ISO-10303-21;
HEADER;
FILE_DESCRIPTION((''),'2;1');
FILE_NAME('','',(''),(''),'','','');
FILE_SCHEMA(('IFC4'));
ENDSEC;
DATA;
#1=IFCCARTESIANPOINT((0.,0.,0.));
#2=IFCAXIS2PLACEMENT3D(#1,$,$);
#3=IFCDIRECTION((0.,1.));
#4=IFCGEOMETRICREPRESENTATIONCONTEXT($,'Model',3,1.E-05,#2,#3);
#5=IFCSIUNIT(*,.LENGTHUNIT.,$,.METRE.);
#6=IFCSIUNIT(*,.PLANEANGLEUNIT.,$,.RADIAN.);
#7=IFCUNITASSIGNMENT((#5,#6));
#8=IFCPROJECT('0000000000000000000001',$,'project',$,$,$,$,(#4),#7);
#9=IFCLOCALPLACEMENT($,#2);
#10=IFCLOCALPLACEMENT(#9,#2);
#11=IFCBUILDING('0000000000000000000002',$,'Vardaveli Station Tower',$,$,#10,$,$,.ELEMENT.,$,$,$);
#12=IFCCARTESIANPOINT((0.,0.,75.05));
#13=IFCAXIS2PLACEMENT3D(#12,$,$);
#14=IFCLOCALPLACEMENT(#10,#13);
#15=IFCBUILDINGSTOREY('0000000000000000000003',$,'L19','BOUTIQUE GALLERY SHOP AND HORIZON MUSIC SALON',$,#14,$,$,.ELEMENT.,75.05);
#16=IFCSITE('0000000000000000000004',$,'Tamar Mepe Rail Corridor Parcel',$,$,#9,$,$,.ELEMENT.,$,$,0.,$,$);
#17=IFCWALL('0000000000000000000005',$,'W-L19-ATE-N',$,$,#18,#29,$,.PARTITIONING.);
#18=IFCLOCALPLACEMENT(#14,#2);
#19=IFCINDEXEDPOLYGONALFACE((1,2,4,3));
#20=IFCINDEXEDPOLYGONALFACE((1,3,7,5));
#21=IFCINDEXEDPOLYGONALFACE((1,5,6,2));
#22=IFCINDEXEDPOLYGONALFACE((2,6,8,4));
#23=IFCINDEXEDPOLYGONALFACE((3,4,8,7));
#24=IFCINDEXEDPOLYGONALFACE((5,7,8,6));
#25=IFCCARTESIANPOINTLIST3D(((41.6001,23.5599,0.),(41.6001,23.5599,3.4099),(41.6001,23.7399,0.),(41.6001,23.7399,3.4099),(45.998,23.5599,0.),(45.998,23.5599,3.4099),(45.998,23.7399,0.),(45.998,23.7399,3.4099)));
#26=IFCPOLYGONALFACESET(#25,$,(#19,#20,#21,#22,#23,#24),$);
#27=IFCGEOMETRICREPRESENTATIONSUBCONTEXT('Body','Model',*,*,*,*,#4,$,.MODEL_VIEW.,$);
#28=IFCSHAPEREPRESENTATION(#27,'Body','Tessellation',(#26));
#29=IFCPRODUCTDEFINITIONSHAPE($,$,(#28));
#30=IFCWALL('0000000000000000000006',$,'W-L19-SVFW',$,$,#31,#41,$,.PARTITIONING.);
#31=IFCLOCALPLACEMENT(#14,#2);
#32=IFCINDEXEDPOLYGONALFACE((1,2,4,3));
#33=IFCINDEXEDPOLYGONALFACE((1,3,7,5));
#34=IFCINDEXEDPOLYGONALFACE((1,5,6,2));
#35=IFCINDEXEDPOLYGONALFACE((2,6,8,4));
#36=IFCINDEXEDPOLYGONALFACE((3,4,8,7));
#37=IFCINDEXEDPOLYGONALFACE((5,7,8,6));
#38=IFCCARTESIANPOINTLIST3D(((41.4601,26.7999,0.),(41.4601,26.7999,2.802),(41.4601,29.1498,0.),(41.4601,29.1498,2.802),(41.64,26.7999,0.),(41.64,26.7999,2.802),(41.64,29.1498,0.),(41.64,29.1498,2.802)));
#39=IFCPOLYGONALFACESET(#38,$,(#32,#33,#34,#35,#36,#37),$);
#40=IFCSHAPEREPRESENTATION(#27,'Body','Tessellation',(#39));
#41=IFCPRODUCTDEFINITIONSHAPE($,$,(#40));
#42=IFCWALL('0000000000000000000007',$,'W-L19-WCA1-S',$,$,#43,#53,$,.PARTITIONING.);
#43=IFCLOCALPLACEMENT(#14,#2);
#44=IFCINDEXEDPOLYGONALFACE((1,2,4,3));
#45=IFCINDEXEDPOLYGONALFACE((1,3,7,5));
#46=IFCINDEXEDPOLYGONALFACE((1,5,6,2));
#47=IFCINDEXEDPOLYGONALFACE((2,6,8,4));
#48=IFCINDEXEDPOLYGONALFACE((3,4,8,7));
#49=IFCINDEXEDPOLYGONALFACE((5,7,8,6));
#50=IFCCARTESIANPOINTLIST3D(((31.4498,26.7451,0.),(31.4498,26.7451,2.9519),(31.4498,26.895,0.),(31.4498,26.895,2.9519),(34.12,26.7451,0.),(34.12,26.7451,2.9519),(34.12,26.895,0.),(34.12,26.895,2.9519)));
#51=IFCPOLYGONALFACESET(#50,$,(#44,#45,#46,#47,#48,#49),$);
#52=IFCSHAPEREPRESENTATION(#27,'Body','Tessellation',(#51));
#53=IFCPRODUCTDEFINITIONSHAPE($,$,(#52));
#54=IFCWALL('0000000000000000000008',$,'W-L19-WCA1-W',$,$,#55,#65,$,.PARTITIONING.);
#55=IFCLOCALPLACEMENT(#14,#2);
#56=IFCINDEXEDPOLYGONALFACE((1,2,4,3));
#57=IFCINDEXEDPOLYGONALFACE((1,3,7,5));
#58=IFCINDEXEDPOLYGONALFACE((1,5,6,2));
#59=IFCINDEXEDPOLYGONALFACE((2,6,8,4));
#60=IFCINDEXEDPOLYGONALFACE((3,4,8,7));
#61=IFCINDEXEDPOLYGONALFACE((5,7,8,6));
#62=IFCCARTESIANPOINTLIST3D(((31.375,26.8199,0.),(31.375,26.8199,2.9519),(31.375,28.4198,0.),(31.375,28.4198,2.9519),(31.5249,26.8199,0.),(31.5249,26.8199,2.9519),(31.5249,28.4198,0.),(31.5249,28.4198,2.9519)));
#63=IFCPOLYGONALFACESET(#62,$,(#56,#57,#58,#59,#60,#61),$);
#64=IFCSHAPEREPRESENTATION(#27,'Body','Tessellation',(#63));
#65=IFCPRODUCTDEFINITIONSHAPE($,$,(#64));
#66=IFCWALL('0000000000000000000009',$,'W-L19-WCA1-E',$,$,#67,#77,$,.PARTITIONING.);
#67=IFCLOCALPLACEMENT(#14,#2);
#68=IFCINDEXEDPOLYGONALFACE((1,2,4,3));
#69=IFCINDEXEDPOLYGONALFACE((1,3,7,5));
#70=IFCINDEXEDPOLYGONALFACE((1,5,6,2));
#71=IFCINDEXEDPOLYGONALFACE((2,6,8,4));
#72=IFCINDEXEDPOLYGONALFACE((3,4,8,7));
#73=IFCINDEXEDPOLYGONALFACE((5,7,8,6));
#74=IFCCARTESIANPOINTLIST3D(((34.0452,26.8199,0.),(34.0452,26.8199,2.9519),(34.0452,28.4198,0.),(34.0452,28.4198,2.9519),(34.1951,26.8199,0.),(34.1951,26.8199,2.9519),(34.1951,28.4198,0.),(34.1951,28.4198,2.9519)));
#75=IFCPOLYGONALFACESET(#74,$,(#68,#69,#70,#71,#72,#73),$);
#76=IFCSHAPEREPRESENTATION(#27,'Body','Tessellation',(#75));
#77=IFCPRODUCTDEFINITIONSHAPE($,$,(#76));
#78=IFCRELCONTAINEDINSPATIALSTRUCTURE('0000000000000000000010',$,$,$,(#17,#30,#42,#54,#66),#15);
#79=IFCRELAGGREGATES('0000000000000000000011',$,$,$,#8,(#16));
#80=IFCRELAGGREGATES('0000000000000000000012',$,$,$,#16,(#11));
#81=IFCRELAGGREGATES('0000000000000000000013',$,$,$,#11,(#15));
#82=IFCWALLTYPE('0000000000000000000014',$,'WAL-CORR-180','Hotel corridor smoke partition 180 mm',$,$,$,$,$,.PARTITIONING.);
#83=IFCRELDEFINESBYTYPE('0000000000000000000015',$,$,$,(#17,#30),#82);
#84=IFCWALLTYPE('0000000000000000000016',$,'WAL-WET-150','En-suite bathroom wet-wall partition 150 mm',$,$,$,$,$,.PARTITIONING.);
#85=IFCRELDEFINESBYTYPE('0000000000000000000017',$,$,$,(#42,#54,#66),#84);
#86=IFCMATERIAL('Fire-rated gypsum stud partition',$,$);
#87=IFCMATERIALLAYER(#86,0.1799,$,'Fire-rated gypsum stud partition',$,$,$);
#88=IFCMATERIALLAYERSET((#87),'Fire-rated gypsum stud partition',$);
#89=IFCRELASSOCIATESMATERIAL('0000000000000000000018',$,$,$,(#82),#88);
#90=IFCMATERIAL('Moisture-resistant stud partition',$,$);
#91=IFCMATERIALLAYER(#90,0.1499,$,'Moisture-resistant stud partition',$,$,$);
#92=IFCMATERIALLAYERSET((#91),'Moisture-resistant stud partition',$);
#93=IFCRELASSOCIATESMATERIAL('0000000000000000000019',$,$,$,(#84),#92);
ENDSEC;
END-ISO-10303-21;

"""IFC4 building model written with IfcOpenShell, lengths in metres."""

from ifc_helpers import new_model, si_unit, direction, frame, frame_2d, origin, place, context, subcontext, project, spatial, rectangle, extrude, source, transform, mapped, material, layer, layer_set, type_object, element, save


model = new_model("IFC4")

# Units and contexts
model_context = context("Model", 3, precision=1e-05, world=origin(), true_north=direction((0.0, 1.0)))
body_context = subcontext(model_context, "Body", "Model", "MODEL_VIEW")
ifc_project = project(units=[si_unit("LENGTHUNIT", "METRE"), si_unit("PLANEANGLEUNIT", "RADIAN")], contexts=[model_context])

# Site, building, storey
site_placement = place(None, origin())
site = spatial("IfcSite", under=ifc_project, at=site_placement, Name="Tamar Mepe Rail Corridor Parcel", CompositionType="ELEMENT", RefElevation=0.0)
building_placement = place(site_placement, origin())
building = spatial("IfcBuilding", under=site, at=building_placement, Name="Vardaveli Station Tower", CompositionType="ELEMENT")
storey_placement = place(building_placement, frame((0.0, 0.0, 75.05)))
storey = spatial("IfcBuildingStorey", under=building, at=storey_placement, Name="L19", Description="BOUTIQUE GALLERY SHOP AND HORIZON MUSIC SALON", CompositionType="ELEMENT", Elevation=75.05)

# Walls
ifc_material_1 = material(Name="Fire-rated gypsum stud partition")
ifc_layer_1 = layer(ifc_material_1, 0.1799, Name="Fire-rated gypsum stud partition")
ifc_layer_set_1 = layer_set([ifc_layer_1], Name="Fire-rated gypsum stud partition")
wall_type_1 = type_object("IfcWallType", Name="WAL-CORR-180", Description="Hotel corridor smoke partition 180 mm", PredefinedType="PARTITIONING", material=ifc_layer_set_1)
shared_shape_1 = source(origin(), body_context, "Body", "SweptSolid", [
    extrude(rectangle(XDim=4.3979, YDim=0.1799, at=frame_2d((2.199, 0.0))), origin(), (0.0, 0.0, 1.0), 3.4099),
])
wall_1_placement = place(storey_placement, frame((41.6001, 23.6499, 0.0), z_axis=(0.0, 0.0, 1.0), x_axis=(1.0, 0.0, 0.0)))
element("IfcWall", 1, at=wall_1_placement, inside=storey, type_object=wall_type_1, Name="W-L19-ATE-N", PredefinedType="PARTITIONING", context=body_context, shape_type="MappedRepresentation", body=[
    mapped(shared_shape_1, transform((0.0, 0.0, 0.0), scale=1.0)),
])
shared_shape_2 = source(origin(), body_context, "Body", "SweptSolid", [
    extrude(rectangle(XDim=2.3499, YDim=0.1799, at=frame_2d((1.1748, 0.0))), origin(), (0.0, 0.0, 1.0), 2.802),
])
wall_2_placement = place(storey_placement, frame((41.55, 26.8, 0.0), z_axis=(0.0, 0.0, 1.0), x_axis=(0.0, 1.0, 0.0)))
element("IfcWall", 2, at=wall_2_placement, inside=storey, type_object=wall_type_1, Name="W-L19-SVFW", PredefinedType="PARTITIONING", context=body_context, shape_type="MappedRepresentation", body=[
    mapped(shared_shape_2, transform((0.0, 0.0, 0.0), scale=1.0)),
])
ifc_material_2 = material(Name="Moisture-resistant stud partition")
ifc_layer_2 = layer(ifc_material_2, 0.1499, Name="Moisture-resistant stud partition")
ifc_layer_set_2 = layer_set([ifc_layer_2], Name="Moisture-resistant stud partition")
wall_type_2 = type_object("IfcWallType", Name="WAL-WET-150", Description="En-suite bathroom wet-wall partition 150 mm", PredefinedType="PARTITIONING", material=ifc_layer_set_2)
shared_shape_3 = source(origin(), body_context, "Body", "SweptSolid", [
    extrude(rectangle(XDim=2.6702, YDim=0.1499, at=frame_2d((1.335, 0.0))), origin(), (0.0, 0.0, 1.0), 2.9519),
])
wall_3_placement = place(storey_placement, frame((31.45, 26.8201, 0.0), z_axis=(0.0, 0.0, 1.0), x_axis=(1.0, 0.0, 0.0)))
element("IfcWall", 3, at=wall_3_placement, inside=storey, type_object=wall_type_2, Name="W-L19-WCA1-S", PredefinedType="PARTITIONING", context=body_context, shape_type="MappedRepresentation", body=[
    mapped(shared_shape_3, transform((0.0, 0.0, 0.0), scale=1.0)),
])
shared_shape_4 = source(origin(), body_context, "Body", "SweptSolid", [
    extrude(rectangle(XDim=1.5999, YDim=0.1499, at=frame_2d((0.7998, 0.0))), origin(), (0.0, 0.0, 1.0), 2.9519),
])
for number, where, z_axis, x_axis, name in (
    (4, (31.45, 26.8201, 0.0), (0.0, 0.0, 1.0), (0.0, 1.0, 0.0), "W-L19-WCA1-W"),
    (5, (34.1201, 26.8201, 0.0), (0.0, 0.0, 1.0), (0.0, 1.0, 0.0), "W-L19-WCA1-E"),
):
    element("IfcWall", number, at=place(storey_placement, frame(where, z_axis=z_axis, x_axis=x_axis)), inside=storey, type_object=wall_type_2, Name=name, PredefinedType="PARTITIONING", context=body_context, shape_type="MappedRepresentation", body=[
        mapped(shared_shape_4, transform((0.0, 0.0, 0.0), scale=1.0)),
    ])

save(model, "model.ifc")
